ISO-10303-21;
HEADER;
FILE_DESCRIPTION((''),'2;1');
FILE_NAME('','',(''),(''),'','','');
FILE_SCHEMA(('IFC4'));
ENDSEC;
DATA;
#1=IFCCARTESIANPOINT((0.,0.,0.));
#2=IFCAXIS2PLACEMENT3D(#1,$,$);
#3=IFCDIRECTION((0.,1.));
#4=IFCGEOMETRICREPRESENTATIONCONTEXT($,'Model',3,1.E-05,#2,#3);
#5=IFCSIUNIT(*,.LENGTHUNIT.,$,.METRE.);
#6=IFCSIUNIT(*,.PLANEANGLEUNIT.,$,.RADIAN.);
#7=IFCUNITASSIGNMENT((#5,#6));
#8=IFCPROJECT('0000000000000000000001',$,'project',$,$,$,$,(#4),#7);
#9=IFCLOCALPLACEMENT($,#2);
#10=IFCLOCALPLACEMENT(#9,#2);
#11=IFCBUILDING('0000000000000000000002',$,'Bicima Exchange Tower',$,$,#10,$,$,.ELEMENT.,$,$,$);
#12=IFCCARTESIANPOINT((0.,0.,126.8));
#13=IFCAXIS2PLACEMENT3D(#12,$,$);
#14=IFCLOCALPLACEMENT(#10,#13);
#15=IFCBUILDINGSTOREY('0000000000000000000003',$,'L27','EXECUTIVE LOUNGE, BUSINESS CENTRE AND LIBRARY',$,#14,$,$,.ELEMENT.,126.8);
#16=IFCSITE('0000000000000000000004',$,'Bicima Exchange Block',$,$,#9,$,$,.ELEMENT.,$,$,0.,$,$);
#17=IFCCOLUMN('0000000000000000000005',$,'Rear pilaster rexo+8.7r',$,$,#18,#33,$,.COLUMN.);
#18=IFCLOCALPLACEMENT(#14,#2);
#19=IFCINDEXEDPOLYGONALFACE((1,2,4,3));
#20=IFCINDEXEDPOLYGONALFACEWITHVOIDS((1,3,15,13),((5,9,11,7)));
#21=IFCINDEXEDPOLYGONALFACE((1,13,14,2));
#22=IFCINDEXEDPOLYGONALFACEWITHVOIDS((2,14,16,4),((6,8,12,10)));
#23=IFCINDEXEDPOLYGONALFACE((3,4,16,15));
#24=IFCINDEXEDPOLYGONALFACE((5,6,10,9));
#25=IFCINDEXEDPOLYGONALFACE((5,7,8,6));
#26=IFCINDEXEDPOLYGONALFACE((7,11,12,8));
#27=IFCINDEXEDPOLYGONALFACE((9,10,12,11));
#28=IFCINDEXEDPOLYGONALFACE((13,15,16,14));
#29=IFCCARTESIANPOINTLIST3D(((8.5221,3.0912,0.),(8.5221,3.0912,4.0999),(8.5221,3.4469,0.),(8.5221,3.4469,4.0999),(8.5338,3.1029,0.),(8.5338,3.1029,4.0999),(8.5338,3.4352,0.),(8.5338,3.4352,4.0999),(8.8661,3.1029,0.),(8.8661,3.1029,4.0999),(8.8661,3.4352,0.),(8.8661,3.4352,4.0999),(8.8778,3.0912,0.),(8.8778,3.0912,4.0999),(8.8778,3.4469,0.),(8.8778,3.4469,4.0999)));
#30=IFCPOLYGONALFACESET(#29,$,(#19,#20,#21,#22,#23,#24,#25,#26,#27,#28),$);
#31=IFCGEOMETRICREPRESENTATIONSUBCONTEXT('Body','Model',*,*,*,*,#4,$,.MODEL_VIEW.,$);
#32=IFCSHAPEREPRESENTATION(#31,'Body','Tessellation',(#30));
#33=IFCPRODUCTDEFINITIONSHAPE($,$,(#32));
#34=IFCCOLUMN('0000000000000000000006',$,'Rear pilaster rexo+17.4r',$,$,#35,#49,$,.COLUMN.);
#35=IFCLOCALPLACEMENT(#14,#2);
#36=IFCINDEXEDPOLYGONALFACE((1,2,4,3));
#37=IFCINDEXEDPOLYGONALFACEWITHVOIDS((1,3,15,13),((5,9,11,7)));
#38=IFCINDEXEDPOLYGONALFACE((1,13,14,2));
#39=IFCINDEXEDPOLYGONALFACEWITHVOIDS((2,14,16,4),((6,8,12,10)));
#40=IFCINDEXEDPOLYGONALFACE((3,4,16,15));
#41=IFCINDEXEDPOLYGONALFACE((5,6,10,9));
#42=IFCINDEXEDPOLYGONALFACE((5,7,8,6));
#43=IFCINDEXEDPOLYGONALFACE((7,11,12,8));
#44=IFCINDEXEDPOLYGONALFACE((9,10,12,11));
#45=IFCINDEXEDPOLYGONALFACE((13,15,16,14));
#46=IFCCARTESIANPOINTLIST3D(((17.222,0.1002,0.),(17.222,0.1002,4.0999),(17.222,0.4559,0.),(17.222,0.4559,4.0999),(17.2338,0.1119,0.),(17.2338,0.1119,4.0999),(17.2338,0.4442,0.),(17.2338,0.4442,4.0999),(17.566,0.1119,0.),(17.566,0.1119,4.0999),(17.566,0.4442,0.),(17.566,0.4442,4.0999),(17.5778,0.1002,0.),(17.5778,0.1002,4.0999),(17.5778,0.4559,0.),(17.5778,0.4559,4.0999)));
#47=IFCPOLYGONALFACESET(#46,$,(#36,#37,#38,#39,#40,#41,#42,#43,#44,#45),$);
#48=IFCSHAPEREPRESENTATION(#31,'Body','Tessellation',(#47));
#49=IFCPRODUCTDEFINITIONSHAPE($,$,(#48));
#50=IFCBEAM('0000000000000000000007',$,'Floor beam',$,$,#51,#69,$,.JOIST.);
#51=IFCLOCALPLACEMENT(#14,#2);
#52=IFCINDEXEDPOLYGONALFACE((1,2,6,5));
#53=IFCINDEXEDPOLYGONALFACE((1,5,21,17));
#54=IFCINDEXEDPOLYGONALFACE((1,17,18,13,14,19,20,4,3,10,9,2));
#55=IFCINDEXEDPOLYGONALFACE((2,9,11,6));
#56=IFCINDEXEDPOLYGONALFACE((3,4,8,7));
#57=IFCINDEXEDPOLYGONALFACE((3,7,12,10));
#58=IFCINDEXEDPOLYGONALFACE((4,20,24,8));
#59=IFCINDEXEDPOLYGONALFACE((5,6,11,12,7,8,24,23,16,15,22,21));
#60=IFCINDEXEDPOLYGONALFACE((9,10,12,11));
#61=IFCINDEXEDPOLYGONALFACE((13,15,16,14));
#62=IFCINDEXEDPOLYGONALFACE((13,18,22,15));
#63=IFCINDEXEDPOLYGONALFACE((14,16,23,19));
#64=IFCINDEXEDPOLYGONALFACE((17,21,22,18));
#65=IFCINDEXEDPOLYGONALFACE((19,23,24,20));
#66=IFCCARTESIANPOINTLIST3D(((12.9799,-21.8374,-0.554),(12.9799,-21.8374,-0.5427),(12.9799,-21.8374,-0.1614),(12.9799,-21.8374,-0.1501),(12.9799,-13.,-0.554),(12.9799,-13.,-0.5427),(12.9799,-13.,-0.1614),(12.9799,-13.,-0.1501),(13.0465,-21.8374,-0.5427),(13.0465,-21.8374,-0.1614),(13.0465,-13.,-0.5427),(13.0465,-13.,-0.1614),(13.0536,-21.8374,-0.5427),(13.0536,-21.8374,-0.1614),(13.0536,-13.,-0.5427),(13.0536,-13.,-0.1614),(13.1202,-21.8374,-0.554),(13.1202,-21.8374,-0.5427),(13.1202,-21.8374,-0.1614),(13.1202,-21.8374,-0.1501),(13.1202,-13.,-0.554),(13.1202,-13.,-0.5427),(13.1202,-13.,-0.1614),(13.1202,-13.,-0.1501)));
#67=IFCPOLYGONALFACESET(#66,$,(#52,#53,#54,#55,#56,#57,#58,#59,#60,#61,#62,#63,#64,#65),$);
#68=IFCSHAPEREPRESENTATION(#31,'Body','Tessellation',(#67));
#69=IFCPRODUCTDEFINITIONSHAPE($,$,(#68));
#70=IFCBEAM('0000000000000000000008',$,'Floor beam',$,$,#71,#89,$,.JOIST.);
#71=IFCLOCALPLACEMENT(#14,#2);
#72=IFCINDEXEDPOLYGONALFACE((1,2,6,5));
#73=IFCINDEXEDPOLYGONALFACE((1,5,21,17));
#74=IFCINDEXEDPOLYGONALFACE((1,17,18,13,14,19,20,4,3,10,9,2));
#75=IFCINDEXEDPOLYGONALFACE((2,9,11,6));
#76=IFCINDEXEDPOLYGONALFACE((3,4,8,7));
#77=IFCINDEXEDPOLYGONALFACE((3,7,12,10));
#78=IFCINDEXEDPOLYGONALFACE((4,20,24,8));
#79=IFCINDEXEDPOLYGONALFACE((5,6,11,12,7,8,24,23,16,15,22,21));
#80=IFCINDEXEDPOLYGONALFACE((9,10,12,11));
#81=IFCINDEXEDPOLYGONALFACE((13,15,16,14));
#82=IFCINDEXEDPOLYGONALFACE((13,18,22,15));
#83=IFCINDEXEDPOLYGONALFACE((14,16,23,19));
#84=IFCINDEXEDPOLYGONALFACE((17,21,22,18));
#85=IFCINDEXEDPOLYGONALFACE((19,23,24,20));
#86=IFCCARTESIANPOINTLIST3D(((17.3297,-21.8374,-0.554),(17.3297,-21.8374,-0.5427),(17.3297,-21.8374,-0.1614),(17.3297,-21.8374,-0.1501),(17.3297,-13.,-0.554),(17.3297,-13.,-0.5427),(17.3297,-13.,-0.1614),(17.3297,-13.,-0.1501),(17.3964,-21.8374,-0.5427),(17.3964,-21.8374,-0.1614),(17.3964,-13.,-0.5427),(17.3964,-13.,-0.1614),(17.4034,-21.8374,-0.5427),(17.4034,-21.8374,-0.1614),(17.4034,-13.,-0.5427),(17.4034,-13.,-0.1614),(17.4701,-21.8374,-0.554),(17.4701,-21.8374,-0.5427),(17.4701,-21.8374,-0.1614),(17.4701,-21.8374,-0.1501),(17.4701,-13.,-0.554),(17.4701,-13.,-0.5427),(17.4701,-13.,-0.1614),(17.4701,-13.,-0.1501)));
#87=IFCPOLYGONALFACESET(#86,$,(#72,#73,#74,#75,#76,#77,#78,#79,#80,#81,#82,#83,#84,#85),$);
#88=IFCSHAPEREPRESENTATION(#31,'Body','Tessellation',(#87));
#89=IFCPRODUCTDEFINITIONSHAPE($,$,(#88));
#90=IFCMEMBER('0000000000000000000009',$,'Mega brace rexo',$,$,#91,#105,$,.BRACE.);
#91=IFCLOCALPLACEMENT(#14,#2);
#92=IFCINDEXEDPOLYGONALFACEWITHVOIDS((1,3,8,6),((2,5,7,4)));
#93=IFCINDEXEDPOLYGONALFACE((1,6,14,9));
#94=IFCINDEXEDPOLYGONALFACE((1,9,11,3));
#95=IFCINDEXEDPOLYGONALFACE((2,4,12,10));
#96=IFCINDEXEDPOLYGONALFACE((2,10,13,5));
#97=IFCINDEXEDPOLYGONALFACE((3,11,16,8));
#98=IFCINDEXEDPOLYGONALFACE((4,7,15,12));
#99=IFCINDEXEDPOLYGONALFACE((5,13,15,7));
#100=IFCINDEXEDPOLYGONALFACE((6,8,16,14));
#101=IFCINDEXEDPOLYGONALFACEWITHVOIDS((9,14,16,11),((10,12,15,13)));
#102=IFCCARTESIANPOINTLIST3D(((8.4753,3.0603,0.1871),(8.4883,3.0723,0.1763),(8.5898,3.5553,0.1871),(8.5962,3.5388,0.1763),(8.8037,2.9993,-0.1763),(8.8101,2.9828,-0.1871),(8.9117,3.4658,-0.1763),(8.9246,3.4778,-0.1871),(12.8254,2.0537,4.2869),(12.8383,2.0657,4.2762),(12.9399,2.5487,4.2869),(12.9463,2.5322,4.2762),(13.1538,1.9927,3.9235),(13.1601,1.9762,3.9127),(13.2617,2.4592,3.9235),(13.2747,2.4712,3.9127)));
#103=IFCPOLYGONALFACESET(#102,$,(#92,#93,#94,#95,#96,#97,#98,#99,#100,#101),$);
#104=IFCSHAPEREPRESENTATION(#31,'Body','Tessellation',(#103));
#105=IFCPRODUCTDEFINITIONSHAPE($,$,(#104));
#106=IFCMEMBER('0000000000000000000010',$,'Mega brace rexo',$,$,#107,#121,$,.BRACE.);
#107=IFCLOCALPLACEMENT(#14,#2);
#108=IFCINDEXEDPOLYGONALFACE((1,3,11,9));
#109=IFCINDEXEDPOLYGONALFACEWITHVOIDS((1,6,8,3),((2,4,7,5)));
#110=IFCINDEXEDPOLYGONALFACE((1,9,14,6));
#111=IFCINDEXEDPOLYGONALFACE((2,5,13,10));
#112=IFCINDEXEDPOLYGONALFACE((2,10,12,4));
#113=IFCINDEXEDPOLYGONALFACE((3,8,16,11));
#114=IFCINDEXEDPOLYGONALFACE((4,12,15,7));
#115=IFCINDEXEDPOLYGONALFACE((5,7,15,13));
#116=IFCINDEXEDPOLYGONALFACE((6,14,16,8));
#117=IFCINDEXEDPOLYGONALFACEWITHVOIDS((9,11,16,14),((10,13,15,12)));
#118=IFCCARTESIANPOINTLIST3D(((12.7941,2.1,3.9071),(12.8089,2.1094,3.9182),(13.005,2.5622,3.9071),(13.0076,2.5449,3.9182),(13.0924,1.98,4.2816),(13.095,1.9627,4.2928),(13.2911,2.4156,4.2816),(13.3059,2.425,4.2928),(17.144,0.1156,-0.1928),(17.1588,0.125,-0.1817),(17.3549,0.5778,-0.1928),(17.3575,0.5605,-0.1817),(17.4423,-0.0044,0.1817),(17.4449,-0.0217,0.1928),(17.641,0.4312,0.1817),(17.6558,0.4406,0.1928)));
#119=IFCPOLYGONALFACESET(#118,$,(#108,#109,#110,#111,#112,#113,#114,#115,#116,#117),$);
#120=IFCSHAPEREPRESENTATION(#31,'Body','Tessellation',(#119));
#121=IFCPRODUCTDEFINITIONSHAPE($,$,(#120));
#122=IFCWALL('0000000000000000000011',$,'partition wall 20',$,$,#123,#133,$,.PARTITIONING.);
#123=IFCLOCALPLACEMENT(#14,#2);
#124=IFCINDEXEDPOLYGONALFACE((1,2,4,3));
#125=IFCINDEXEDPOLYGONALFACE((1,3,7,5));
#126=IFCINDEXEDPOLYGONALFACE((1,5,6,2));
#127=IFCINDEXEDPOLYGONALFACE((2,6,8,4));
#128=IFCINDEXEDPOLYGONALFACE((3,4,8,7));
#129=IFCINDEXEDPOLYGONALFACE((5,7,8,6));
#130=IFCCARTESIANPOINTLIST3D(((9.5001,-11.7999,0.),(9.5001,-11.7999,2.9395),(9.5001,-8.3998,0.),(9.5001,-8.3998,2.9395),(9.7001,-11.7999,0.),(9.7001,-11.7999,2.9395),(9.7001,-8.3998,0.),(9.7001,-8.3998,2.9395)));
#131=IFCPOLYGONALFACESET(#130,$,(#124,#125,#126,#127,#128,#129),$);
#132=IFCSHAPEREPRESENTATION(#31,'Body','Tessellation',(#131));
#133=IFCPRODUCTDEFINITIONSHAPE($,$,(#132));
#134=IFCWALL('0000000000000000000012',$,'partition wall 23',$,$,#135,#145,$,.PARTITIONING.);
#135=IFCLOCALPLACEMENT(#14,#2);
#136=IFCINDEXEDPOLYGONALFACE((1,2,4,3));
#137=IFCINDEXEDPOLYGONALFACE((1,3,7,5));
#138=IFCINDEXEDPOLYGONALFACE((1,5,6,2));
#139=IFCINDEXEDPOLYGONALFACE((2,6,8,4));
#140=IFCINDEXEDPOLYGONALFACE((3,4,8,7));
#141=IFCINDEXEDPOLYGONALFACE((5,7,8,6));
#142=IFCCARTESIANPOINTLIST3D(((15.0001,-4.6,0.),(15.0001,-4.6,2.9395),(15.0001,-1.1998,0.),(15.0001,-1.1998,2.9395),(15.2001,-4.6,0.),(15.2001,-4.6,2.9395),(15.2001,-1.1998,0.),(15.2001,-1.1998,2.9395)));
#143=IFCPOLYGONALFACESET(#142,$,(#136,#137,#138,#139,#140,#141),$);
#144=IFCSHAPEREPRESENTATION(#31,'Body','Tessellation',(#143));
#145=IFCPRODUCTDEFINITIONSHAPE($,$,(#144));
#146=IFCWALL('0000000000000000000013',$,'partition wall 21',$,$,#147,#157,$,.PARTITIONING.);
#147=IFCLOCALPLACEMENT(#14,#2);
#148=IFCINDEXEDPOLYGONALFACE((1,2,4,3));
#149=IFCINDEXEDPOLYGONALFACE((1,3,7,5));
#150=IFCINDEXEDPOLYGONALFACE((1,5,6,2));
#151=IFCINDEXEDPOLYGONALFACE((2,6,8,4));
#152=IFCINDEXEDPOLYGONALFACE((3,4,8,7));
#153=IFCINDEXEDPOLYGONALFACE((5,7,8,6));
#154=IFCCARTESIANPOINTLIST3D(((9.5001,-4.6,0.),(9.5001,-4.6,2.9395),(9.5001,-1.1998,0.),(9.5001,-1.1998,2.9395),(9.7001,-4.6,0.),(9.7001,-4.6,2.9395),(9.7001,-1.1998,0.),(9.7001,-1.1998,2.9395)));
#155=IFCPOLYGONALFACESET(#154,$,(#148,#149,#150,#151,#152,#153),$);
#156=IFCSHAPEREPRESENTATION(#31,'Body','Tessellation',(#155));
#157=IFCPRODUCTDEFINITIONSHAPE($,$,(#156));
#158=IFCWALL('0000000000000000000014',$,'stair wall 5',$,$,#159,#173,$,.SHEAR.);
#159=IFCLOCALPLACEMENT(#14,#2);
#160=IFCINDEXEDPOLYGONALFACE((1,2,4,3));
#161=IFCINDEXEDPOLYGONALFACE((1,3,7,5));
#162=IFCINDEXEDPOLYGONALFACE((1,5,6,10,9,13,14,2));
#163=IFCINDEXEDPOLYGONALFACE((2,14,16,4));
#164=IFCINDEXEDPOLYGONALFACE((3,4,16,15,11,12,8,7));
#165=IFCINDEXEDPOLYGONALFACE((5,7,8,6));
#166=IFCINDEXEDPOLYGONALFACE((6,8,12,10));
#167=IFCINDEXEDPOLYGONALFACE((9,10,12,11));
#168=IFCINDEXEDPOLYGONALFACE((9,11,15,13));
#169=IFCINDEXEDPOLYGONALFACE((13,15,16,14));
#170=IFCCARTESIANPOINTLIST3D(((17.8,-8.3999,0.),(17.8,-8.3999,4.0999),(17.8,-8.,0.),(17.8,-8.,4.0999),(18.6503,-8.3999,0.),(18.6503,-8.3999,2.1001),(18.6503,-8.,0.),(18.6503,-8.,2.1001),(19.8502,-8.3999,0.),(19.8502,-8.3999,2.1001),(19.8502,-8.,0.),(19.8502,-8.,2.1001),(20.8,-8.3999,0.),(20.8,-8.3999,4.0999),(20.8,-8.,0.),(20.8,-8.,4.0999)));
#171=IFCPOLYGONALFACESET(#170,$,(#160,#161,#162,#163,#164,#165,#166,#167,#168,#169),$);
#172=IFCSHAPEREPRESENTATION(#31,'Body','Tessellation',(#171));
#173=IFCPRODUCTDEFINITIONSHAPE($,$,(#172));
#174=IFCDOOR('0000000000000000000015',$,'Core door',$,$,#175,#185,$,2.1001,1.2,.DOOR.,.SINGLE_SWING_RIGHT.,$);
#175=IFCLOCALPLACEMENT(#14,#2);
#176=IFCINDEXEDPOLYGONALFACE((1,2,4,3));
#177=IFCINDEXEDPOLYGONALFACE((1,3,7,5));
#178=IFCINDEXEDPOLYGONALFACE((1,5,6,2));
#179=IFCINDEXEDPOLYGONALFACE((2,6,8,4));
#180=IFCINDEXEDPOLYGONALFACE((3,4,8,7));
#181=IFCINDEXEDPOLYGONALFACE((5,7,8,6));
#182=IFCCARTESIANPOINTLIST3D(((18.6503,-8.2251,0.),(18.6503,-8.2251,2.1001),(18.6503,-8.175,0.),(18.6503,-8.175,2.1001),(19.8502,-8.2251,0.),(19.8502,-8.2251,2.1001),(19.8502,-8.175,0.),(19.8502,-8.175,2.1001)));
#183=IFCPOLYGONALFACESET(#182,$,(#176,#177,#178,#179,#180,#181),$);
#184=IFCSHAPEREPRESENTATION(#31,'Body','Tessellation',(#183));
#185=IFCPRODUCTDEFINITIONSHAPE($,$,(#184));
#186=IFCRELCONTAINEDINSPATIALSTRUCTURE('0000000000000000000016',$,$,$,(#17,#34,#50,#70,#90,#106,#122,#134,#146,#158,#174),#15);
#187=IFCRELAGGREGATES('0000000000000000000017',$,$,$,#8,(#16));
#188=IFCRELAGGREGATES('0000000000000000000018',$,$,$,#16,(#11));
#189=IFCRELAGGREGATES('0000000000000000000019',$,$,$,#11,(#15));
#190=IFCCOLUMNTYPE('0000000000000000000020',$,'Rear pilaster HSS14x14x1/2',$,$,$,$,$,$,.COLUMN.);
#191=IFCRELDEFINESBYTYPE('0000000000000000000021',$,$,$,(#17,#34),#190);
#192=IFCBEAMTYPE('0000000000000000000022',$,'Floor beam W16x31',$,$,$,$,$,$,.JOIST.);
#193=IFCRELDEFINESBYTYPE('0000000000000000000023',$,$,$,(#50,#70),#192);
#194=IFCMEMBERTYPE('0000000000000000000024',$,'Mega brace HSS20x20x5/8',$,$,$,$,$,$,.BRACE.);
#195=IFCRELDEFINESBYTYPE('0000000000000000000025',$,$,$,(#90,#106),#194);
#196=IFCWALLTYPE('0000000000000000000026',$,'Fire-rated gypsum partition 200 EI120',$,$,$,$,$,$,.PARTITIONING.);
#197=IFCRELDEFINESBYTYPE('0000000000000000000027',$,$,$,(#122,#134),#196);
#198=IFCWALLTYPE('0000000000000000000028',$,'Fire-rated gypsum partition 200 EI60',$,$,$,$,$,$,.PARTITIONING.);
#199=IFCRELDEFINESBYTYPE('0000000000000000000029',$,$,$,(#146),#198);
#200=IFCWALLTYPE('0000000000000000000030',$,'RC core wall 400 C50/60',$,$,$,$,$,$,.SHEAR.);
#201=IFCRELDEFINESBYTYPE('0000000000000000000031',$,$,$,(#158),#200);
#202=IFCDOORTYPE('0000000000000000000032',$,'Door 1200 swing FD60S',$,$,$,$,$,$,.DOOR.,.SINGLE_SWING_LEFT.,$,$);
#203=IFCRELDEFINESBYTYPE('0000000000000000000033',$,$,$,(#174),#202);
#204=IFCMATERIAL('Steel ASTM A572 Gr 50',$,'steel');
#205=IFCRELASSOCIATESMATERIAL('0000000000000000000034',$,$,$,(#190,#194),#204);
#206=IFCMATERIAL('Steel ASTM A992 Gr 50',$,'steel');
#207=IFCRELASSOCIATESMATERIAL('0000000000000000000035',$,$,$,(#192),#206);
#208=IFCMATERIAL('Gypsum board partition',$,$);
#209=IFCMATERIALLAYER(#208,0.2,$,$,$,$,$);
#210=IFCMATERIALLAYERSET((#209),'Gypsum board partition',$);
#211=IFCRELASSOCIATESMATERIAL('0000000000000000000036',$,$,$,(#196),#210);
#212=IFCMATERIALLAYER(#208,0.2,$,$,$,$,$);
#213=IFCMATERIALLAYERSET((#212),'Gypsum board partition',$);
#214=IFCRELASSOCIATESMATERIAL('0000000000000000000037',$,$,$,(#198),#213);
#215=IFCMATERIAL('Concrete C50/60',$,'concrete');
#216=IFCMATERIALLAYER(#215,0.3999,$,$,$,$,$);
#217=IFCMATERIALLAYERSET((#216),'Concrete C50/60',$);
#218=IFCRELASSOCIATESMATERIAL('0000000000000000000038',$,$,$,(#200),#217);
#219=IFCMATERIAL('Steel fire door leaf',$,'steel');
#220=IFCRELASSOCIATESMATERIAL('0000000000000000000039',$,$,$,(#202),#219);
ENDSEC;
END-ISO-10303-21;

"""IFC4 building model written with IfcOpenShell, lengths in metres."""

from ifc_helpers import new_model, si_unit, direction, frame, frame_2d, origin, origin_2d, place, context, subcontext, project, spatial, rectangle, hollow_rectangle, i_section, extrude, material, layer, layer_set, material_profile, profile_set, type_object, element, fill, save


model = new_model("IFC4")

# Units and contexts
model_context = context("Model", 3, precision=1e-05, world=origin(), true_north=direction((0.0, 1.0)))
body_context = subcontext(model_context, "Body", "Model", "MODEL_VIEW")
ifc_project = project(units=[si_unit("LENGTHUNIT", "METRE"), si_unit("PLANEANGLEUNIT", "RADIAN")], contexts=[model_context])

# Site, building, storey
site_placement = place(None, origin())
site = spatial("IfcSite", under=ifc_project, at=site_placement, Name="Bicima Exchange Block", CompositionType="ELEMENT", RefElevation=0.0)
building_placement = place(site_placement, origin())
building = spatial("IfcBuilding", under=site, at=building_placement, Name="Bicima Exchange Tower", CompositionType="ELEMENT")
storey_placement = place(building_placement, frame((0.0, 0.0, 126.8)))
storey = spatial("IfcBuildingStorey", under=building, at=storey_placement, Name="L27", Description="EXECUTIVE LOUNGE, BUSINESS CENTRE AND LIBRARY", CompositionType="ELEMENT", Elevation=126.8)

# Columns
ifc_material_1 = material(Name="Steel ASTM A572 Gr 50", Category="steel")
ifc_material_profile_1 = material_profile(ifc_material_1, hollow_rectangle(XDim=0.3557, YDim=0.3557, WallThickness=0.0117, at=origin_2d()))
ifc_profile_set_1 = profile_set([ifc_material_profile_1], Name="Steel ASTM A572 Gr 50")
column_type = type_object("IfcColumnType", Name="Rear pilaster HSS14x14x1/2", PredefinedType="COLUMN", material=ifc_profile_set_1)
for number, where, z_axis, x_axis, name in (
    (1, (8.7, 3.269, 0.0), (0.0, 0.0, 1.0), (1.0, 0.0, 0.0), "Rear pilaster rexo+8.7r"),
    (2, (17.3999, 0.2781, 0.0), (0.0, 0.0, 1.0), (1.0, 0.0, 0.0), "Rear pilaster rexo+17.4r"),
):
    element("IfcColumn", number, at=place(storey_placement, frame(where, z_axis=z_axis, x_axis=x_axis)), inside=storey, type_object=column_type, Name=name, PredefinedType="COLUMN", context=body_context, shape_type="SweptSolid", body=[
        extrude(hollow_rectangle(XDim=0.3557, YDim=0.3557, WallThickness=0.0117, at=origin_2d()), origin(), (0.0, 0.0, 1.0), 4.0999),
    ])

# Beams
ifc_material_2 = material(Name="Steel ASTM A992 Gr 50", Category="steel")
ifc_material_profile_2 = material_profile(ifc_material_2, i_section(OverallWidth=0.1404, OverallDepth=0.4038, WebThickness=0.0071, FlangeThickness=0.0112, at=origin_2d()))
ifc_profile_set_2 = profile_set([ifc_material_profile_2], Name="Steel ASTM A992 Gr 50")
beam_type = type_object("IfcBeamType", Name="Floor beam W16x31", PredefinedType="JOIST", material=ifc_profile_set_2)
for number, where, z_axis, x_axis, name in (
    (3, (13.05, -13.0, -0.3521), (0.0, -1.0, 0.0), (1.0, 0.0, 0.0), "Floor beam"),
    (4, (17.3999, -13.0, -0.3521), (0.0, -1.0, 0.0), (1.0, 0.0, 0.0), "Floor beam"),
):
    element("IfcBeam", number, at=place(storey_placement, frame(where, z_axis=z_axis, x_axis=x_axis)), inside=storey, type_object=beam_type, Name=name, PredefinedType="JOIST", context=body_context, shape_type="SweptSolid", body=[
        extrude(i_section(OverallWidth=0.1404, OverallDepth=0.4038, WebThickness=0.0071, FlangeThickness=0.0112, at=origin_2d()), origin(), (0.0, 0.0, 1.0), 8.8374),
    ])

# Members
ifc_material_profile_3 = material_profile(ifc_material_1, hollow_rectangle(XDim=0.5081, YDim=0.5081, WallThickness=0.0146, at=origin_2d()))
ifc_profile_set_3 = profile_set([ifc_material_profile_3], Name="Steel ASTM A572 Gr 50")
member_type = type_object("IfcMemberType", Name="Mega brace HSS20x20x5/8", PredefinedType="BRACE", material=ifc_profile_set_3)
member_1_placement = place(storey_placement, frame((8.7, 3.269, 0.0), z_axis=(0.717625, -0.166055, 0.676343), x_axis=(0.225439, 0.974257, 0.0)))
element("IfcMember", 5, at=member_1_placement, inside=storey, type_object=member_type, Name="Mega brace rexo", PredefinedType="BRACE", context=body_context, shape_type="SweptSolid", body=[
    extrude(hollow_rectangle(XDim=0.5081, YDim=0.5081, WallThickness=0.0146, at=origin_2d()), origin(), (0.0, 0.0, 1.0), 6.0618),
])
member_2_placement = place(storey_placement, frame((17.3999, 0.2781, 0.0), z_axis=(-0.690646, 0.315068, 0.650953), x_axis=(-0.415045, -0.909801, 0.0)))
element("IfcMember", 6, at=member_2_placement, inside=storey, type_object=member_type, Name="Mega brace rexo", PredefinedType="BRACE", context=body_context, shape_type="SweptSolid", body=[
    extrude(hollow_rectangle(XDim=0.5081, YDim=0.5081, WallThickness=0.0146, at=origin_2d()), origin(), (0.0, 0.0, 1.0), 6.2983),
])

# Walls
ifc_material_3 = material(Name="Gypsum board partition")
ifc_layer_1 = layer(ifc_material_3, 0.2)
ifc_layer_set_1 = layer_set([ifc_layer_1], Name="Gypsum board partition")
wall_type_1 = type_object("IfcWallType", Name="Fire-rated gypsum partition 200 EI120", PredefinedType="PARTITIONING", material=ifc_layer_set_1)
for number, where, z_axis, x_axis, name in (
    (7, (9.6001, -11.8, 0.0), (0.0, 0.0, 1.0), (0.0, 1.0, 0.0), "partition wall 20"),
    (8, (15.1001, -4.6001, 0.0), (0.0, 0.0, 1.0), (0.0, 1.0, 0.0), "partition wall 23"),
):
    element("IfcWall", number, at=place(storey_placement, frame(where, z_axis=z_axis, x_axis=x_axis)), inside=storey, type_object=wall_type_1, Name=name, PredefinedType="PARTITIONING", context=body_context, shape_type="SweptSolid", body=[
        extrude(rectangle(XDim=3.4001, YDim=0.2, at=frame_2d((1.7002, 0.0))), origin(), (0.0, 0.0, 1.0), 2.9395),
    ])
ifc_layer_2 = layer(ifc_material_3, 0.2)
ifc_layer_set_2 = layer_set([ifc_layer_2], Name="Gypsum board partition")
wall_type_2 = type_object("IfcWallType", Name="Fire-rated gypsum partition 200 EI60", PredefinedType="PARTITIONING", material=ifc_layer_set_2)
wall_1_placement = place(storey_placement, frame((9.6001, -4.6001, 0.0), z_axis=(0.0, 0.0, 1.0), x_axis=(0.0, 1.0, 0.0)))
element("IfcWall", 9, at=wall_1_placement, inside=storey, type_object=wall_type_2, Name="partition wall 21", PredefinedType="PARTITIONING", context=body_context, shape_type="SweptSolid", body=[
    extrude(rectangle(XDim=3.4001, YDim=0.2, at=frame_2d((1.7002, 0.0))), origin(), (0.0, 0.0, 1.0), 2.9395),
])

# Wall, opening, door
ifc_material_4 = material(Name="Concrete C50/60", Category="concrete")
ifc_layer_3 = layer(ifc_material_4, 0.3999)
ifc_layer_set_3 = layer_set([ifc_layer_3], Name="Concrete C50/60")
wall_type_3 = type_object("IfcWallType", Name="RC core wall 400 C50/60", PredefinedType="SHEAR", material=ifc_layer_set_3)
wall_2_placement = place(storey_placement, frame((17.8, -8.2, 0.0), z_axis=(0.0, 0.0, 1.0), x_axis=(1.0, 0.0, 0.0)))
wall_2 = element("IfcWall", 10, at=wall_2_placement, inside=storey, type_object=wall_type_3, Name="stair wall 5", PredefinedType="SHEAR", context=body_context, shape_type="SweptSolid", body=[
    extrude(rectangle(XDim=3.0, YDim=0.3999, at=frame_2d((1.5, 0.0))), origin(), (0.0, 0.0, 1.0), 4.0999),
])
opening_1_placement = place(wall_2_placement, frame((0.8501, 0.0, 0.0)))
opening_1 = element("IfcOpeningElement", 11, at=opening_1_placement, cuts=wall_2, PredefinedType="OPENING", context=body_context, shape_type="SweptSolid", body=[
    extrude(rectangle(XDim=1.2, YDim=2.1001, at=frame_2d((0.6001, 1.05))), frame((0.0, 0.2119, 0.0), z_axis=(0.0, -1.0, 0.0), x_axis=(1.0, 0.0, 0.0)), (0.0, 0.0, 1.0), 0.4238),
])
ifc_material_5 = material(Name="Steel fire door leaf", Category="steel")
door_type_1 = type_object("IfcDoorType", Name="Door 1200 swing FD60S", OperationType="SINGLE_SWING_LEFT", PredefinedType="DOOR", material=ifc_material_5)
door_1_placement = place(opening_1_placement, origin())
door_1 = element("IfcDoor", 12, at=door_1_placement, inside=storey, type_object=door_type_1, Name="Core door", OperationType="SINGLE_SWING_RIGHT", OverallHeight=2.1001, OverallWidth=1.2, PredefinedType="DOOR", context=body_context, shape_type="SweptSolid", body=[
    extrude(rectangle(XDim=1.2, YDim=2.1001, at=frame_2d((0.6001, 1.05))), frame((0.0, 0.0249, 0.0), z_axis=(0.0, -1.0, 0.0), x_axis=(1.0, 0.0, 0.0)), (0.0, 0.0, 1.0), 0.05),
])
fill(opening_1, door_1)

save(model, "model.ifc")
